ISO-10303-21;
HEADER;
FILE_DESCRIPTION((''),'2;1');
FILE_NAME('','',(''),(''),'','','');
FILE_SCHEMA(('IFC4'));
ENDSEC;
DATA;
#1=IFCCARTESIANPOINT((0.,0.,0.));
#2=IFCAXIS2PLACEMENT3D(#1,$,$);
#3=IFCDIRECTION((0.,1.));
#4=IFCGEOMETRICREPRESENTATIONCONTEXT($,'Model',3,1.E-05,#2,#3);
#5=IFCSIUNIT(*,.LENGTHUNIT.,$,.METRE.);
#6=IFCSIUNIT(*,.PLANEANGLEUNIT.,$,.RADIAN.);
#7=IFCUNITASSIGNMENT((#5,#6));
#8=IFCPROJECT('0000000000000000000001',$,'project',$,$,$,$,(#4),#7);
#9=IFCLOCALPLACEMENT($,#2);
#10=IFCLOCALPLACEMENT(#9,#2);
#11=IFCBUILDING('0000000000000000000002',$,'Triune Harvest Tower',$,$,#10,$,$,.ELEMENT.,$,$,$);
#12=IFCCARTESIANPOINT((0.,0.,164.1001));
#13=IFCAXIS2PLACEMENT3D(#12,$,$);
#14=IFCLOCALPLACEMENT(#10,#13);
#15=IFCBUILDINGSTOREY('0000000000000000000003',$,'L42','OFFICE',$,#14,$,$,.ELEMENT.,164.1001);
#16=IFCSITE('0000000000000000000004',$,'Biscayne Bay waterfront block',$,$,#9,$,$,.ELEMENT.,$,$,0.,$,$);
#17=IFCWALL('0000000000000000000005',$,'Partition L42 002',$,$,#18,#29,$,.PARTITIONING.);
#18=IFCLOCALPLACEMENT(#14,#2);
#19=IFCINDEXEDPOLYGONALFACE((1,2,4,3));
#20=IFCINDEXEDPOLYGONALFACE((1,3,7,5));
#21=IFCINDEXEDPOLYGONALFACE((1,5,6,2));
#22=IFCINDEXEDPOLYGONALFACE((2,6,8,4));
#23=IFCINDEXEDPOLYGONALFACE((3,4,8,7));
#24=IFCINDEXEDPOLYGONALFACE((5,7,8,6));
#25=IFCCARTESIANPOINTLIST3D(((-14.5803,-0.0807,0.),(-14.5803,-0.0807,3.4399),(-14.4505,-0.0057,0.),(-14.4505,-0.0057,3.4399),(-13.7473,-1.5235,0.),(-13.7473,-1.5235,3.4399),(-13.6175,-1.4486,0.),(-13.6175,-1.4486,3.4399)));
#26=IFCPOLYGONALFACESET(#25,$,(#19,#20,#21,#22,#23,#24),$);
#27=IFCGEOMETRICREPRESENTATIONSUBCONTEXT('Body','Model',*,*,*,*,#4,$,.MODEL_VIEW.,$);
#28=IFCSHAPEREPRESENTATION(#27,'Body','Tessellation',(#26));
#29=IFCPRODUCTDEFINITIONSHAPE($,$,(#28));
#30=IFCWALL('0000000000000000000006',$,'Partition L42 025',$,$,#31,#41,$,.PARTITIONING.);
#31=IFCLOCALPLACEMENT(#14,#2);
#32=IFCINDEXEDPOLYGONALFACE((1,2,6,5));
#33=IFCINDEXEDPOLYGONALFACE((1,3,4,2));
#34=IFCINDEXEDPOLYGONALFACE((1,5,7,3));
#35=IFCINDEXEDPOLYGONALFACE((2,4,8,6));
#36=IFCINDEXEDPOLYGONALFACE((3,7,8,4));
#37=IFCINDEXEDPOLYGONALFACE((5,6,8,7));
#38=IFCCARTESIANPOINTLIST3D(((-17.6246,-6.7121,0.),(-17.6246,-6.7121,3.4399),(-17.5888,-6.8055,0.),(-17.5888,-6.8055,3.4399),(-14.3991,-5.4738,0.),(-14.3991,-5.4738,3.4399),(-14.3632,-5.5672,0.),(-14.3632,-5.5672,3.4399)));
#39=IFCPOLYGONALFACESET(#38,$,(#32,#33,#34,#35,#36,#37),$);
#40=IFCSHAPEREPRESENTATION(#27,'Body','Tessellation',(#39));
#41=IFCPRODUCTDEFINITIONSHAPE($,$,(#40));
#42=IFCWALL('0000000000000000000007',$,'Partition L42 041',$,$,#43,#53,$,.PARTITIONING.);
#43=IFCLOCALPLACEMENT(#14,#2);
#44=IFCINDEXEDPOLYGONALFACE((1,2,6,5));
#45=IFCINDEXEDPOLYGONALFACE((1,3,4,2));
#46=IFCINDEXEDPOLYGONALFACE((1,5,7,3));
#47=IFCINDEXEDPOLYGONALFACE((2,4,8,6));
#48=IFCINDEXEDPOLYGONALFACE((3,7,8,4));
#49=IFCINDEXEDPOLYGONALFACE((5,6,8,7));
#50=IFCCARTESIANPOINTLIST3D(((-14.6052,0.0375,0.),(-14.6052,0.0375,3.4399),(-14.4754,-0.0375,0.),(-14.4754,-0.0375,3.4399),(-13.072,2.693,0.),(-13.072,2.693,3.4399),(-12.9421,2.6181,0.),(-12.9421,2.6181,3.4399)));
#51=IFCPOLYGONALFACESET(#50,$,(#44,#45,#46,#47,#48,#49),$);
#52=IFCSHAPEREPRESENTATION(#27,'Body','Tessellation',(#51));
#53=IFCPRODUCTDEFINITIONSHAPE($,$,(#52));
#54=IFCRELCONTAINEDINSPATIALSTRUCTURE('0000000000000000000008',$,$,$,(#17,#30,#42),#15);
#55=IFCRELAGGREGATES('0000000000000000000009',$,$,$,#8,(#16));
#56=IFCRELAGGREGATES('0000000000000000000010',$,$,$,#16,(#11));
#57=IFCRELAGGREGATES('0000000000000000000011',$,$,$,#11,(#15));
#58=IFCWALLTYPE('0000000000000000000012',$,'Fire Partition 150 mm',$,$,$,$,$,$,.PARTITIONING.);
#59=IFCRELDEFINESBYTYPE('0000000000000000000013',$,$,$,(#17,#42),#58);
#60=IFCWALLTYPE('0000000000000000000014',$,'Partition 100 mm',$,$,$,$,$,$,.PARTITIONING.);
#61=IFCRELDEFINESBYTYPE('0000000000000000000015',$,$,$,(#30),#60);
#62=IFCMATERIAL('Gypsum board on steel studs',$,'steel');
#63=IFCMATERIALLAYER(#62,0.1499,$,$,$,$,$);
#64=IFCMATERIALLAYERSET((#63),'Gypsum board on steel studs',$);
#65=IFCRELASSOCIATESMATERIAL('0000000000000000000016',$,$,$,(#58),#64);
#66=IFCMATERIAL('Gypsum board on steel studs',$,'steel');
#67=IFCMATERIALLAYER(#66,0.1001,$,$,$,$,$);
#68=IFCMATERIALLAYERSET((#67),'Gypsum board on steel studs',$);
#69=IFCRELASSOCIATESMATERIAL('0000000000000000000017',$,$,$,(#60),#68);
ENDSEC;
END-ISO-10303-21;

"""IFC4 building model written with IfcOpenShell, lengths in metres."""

from ifc_helpers import new_model, si_unit, direction, frame, frame_2d, origin, place, context, subcontext, project, spatial, rectangle, extrude, source, transform, mapped, material, layer, layer_set, type_object, element, save


model = new_model("IFC4")

# Units and contexts
model_context = context("Model", 3, precision=1e-05, world=origin(), true_north=direction((0.0, 1.0)))
body_context = subcontext(model_context, "Body", "Model", "MODEL_VIEW")
ifc_project = project(units=[si_unit("LENGTHUNIT", "METRE"), si_unit("PLANEANGLEUNIT", "RADIAN")], contexts=[model_context])

# Site, building, storey
site_placement = place(None, origin())
site = spatial("IfcSite", under=ifc_project, at=site_placement, Name="Biscayne Bay waterfront block", CompositionType="ELEMENT", RefElevation=0.0)
building_placement = place(site_placement, origin())
building = spatial("IfcBuilding", under=site, at=building_placement, Name="Triune Harvest Tower", CompositionType="ELEMENT")
storey_placement = place(building_placement, frame((0.0, 0.0, 164.1001)))
storey = spatial("IfcBuildingStorey", under=building, at=storey_placement, Name="L42", Description="OFFICE", CompositionType="ELEMENT", Elevation=164.1001)

# Walls
ifc_material_1 = material(Name="Gypsum board on steel studs", Category="steel")
ifc_layer_1 = layer(ifc_material_1, 0.1499)
ifc_layer_set_1 = layer_set([ifc_layer_1], Name="Gypsum board on steel studs")
wall_type_1 = type_object("IfcWallType", Name="Fire Partition 150 mm", PredefinedType="PARTITIONING", material=ifc_layer_set_1)
shared_shape_1 = source(origin(), body_context, "Body", "SweptSolid", [
    extrude(rectangle(XDim=1.666, YDim=0.1499, at=frame_2d((0.833, 0.0))), origin(), (0.0, 0.0, 1.0), 3.4399),
])
wall_1_placement = place(storey_placement, frame((-14.5154, -0.0432, 0.0), z_axis=(0.0, 0.0, 1.0), x_axis=(0.499985, -0.866034, 0.0)))
element("IfcWall", 1, at=wall_1_placement, inside=storey, type_object=wall_type_1, Name="Partition L42 002", PredefinedType="PARTITIONING", context=body_context, shape_type="MappedRepresentation", body=[
    mapped(shared_shape_1, transform((0.0, 0.0, 0.0), scale=1.0)),
])
ifc_material_2 = material(Name="Gypsum board on steel studs", Category="steel")
ifc_layer_2 = layer(ifc_material_2, 0.1001)
ifc_layer_set_2 = layer_set([ifc_layer_2], Name="Gypsum board on steel studs")
wall_type_2 = type_object("IfcWallType", Name="Partition 100 mm", PredefinedType="PARTITIONING", material=ifc_layer_set_2)
shared_shape_2 = source(origin(), body_context, "Body", "SweptSolid", [
    extrude(rectangle(XDim=3.4551, YDim=0.1001, at=frame_2d((1.7275, 0.0))), origin(), (0.0, 0.0, 1.0), 3.4399),
])
wall_2_placement = place(storey_placement, frame((-17.6067, -6.7588, 0.0), z_axis=(0.0, 0.0, 1.0), x_axis=(0.933571, 0.358392, 0.0)))
element("IfcWall", 2, at=wall_2_placement, inside=storey, type_object=wall_type_2, Name="Partition L42 025", PredefinedType="PARTITIONING", context=body_context, shape_type="MappedRepresentation", body=[
    mapped(shared_shape_2, transform((0.0, 0.0, 0.0), scale=1.0)),
])
shared_shape_3 = source(origin(), body_context, "Body", "SweptSolid", [
    extrude(rectangle(XDim=3.0664, YDim=0.1499, at=frame_2d((1.5332, 0.0))), origin(), (0.0, 0.0, 1.0), 3.4399),
])
wall_3_placement = place(storey_placement, frame((-14.5403, 0.0, 0.0), z_axis=(0.0, 0.0, 1.0), x_axis=(0.50001, 0.86602, 0.0)))
element("IfcWall", 3, at=wall_3_placement, inside=storey, type_object=wall_type_1, Name="Partition L42 041", PredefinedType="PARTITIONING", context=body_context, shape_type="MappedRepresentation", body=[
    mapped(shared_shape_3, transform((0.0, 0.0, 0.0), scale=1.0)),
])

save(model, "model.ifc")
